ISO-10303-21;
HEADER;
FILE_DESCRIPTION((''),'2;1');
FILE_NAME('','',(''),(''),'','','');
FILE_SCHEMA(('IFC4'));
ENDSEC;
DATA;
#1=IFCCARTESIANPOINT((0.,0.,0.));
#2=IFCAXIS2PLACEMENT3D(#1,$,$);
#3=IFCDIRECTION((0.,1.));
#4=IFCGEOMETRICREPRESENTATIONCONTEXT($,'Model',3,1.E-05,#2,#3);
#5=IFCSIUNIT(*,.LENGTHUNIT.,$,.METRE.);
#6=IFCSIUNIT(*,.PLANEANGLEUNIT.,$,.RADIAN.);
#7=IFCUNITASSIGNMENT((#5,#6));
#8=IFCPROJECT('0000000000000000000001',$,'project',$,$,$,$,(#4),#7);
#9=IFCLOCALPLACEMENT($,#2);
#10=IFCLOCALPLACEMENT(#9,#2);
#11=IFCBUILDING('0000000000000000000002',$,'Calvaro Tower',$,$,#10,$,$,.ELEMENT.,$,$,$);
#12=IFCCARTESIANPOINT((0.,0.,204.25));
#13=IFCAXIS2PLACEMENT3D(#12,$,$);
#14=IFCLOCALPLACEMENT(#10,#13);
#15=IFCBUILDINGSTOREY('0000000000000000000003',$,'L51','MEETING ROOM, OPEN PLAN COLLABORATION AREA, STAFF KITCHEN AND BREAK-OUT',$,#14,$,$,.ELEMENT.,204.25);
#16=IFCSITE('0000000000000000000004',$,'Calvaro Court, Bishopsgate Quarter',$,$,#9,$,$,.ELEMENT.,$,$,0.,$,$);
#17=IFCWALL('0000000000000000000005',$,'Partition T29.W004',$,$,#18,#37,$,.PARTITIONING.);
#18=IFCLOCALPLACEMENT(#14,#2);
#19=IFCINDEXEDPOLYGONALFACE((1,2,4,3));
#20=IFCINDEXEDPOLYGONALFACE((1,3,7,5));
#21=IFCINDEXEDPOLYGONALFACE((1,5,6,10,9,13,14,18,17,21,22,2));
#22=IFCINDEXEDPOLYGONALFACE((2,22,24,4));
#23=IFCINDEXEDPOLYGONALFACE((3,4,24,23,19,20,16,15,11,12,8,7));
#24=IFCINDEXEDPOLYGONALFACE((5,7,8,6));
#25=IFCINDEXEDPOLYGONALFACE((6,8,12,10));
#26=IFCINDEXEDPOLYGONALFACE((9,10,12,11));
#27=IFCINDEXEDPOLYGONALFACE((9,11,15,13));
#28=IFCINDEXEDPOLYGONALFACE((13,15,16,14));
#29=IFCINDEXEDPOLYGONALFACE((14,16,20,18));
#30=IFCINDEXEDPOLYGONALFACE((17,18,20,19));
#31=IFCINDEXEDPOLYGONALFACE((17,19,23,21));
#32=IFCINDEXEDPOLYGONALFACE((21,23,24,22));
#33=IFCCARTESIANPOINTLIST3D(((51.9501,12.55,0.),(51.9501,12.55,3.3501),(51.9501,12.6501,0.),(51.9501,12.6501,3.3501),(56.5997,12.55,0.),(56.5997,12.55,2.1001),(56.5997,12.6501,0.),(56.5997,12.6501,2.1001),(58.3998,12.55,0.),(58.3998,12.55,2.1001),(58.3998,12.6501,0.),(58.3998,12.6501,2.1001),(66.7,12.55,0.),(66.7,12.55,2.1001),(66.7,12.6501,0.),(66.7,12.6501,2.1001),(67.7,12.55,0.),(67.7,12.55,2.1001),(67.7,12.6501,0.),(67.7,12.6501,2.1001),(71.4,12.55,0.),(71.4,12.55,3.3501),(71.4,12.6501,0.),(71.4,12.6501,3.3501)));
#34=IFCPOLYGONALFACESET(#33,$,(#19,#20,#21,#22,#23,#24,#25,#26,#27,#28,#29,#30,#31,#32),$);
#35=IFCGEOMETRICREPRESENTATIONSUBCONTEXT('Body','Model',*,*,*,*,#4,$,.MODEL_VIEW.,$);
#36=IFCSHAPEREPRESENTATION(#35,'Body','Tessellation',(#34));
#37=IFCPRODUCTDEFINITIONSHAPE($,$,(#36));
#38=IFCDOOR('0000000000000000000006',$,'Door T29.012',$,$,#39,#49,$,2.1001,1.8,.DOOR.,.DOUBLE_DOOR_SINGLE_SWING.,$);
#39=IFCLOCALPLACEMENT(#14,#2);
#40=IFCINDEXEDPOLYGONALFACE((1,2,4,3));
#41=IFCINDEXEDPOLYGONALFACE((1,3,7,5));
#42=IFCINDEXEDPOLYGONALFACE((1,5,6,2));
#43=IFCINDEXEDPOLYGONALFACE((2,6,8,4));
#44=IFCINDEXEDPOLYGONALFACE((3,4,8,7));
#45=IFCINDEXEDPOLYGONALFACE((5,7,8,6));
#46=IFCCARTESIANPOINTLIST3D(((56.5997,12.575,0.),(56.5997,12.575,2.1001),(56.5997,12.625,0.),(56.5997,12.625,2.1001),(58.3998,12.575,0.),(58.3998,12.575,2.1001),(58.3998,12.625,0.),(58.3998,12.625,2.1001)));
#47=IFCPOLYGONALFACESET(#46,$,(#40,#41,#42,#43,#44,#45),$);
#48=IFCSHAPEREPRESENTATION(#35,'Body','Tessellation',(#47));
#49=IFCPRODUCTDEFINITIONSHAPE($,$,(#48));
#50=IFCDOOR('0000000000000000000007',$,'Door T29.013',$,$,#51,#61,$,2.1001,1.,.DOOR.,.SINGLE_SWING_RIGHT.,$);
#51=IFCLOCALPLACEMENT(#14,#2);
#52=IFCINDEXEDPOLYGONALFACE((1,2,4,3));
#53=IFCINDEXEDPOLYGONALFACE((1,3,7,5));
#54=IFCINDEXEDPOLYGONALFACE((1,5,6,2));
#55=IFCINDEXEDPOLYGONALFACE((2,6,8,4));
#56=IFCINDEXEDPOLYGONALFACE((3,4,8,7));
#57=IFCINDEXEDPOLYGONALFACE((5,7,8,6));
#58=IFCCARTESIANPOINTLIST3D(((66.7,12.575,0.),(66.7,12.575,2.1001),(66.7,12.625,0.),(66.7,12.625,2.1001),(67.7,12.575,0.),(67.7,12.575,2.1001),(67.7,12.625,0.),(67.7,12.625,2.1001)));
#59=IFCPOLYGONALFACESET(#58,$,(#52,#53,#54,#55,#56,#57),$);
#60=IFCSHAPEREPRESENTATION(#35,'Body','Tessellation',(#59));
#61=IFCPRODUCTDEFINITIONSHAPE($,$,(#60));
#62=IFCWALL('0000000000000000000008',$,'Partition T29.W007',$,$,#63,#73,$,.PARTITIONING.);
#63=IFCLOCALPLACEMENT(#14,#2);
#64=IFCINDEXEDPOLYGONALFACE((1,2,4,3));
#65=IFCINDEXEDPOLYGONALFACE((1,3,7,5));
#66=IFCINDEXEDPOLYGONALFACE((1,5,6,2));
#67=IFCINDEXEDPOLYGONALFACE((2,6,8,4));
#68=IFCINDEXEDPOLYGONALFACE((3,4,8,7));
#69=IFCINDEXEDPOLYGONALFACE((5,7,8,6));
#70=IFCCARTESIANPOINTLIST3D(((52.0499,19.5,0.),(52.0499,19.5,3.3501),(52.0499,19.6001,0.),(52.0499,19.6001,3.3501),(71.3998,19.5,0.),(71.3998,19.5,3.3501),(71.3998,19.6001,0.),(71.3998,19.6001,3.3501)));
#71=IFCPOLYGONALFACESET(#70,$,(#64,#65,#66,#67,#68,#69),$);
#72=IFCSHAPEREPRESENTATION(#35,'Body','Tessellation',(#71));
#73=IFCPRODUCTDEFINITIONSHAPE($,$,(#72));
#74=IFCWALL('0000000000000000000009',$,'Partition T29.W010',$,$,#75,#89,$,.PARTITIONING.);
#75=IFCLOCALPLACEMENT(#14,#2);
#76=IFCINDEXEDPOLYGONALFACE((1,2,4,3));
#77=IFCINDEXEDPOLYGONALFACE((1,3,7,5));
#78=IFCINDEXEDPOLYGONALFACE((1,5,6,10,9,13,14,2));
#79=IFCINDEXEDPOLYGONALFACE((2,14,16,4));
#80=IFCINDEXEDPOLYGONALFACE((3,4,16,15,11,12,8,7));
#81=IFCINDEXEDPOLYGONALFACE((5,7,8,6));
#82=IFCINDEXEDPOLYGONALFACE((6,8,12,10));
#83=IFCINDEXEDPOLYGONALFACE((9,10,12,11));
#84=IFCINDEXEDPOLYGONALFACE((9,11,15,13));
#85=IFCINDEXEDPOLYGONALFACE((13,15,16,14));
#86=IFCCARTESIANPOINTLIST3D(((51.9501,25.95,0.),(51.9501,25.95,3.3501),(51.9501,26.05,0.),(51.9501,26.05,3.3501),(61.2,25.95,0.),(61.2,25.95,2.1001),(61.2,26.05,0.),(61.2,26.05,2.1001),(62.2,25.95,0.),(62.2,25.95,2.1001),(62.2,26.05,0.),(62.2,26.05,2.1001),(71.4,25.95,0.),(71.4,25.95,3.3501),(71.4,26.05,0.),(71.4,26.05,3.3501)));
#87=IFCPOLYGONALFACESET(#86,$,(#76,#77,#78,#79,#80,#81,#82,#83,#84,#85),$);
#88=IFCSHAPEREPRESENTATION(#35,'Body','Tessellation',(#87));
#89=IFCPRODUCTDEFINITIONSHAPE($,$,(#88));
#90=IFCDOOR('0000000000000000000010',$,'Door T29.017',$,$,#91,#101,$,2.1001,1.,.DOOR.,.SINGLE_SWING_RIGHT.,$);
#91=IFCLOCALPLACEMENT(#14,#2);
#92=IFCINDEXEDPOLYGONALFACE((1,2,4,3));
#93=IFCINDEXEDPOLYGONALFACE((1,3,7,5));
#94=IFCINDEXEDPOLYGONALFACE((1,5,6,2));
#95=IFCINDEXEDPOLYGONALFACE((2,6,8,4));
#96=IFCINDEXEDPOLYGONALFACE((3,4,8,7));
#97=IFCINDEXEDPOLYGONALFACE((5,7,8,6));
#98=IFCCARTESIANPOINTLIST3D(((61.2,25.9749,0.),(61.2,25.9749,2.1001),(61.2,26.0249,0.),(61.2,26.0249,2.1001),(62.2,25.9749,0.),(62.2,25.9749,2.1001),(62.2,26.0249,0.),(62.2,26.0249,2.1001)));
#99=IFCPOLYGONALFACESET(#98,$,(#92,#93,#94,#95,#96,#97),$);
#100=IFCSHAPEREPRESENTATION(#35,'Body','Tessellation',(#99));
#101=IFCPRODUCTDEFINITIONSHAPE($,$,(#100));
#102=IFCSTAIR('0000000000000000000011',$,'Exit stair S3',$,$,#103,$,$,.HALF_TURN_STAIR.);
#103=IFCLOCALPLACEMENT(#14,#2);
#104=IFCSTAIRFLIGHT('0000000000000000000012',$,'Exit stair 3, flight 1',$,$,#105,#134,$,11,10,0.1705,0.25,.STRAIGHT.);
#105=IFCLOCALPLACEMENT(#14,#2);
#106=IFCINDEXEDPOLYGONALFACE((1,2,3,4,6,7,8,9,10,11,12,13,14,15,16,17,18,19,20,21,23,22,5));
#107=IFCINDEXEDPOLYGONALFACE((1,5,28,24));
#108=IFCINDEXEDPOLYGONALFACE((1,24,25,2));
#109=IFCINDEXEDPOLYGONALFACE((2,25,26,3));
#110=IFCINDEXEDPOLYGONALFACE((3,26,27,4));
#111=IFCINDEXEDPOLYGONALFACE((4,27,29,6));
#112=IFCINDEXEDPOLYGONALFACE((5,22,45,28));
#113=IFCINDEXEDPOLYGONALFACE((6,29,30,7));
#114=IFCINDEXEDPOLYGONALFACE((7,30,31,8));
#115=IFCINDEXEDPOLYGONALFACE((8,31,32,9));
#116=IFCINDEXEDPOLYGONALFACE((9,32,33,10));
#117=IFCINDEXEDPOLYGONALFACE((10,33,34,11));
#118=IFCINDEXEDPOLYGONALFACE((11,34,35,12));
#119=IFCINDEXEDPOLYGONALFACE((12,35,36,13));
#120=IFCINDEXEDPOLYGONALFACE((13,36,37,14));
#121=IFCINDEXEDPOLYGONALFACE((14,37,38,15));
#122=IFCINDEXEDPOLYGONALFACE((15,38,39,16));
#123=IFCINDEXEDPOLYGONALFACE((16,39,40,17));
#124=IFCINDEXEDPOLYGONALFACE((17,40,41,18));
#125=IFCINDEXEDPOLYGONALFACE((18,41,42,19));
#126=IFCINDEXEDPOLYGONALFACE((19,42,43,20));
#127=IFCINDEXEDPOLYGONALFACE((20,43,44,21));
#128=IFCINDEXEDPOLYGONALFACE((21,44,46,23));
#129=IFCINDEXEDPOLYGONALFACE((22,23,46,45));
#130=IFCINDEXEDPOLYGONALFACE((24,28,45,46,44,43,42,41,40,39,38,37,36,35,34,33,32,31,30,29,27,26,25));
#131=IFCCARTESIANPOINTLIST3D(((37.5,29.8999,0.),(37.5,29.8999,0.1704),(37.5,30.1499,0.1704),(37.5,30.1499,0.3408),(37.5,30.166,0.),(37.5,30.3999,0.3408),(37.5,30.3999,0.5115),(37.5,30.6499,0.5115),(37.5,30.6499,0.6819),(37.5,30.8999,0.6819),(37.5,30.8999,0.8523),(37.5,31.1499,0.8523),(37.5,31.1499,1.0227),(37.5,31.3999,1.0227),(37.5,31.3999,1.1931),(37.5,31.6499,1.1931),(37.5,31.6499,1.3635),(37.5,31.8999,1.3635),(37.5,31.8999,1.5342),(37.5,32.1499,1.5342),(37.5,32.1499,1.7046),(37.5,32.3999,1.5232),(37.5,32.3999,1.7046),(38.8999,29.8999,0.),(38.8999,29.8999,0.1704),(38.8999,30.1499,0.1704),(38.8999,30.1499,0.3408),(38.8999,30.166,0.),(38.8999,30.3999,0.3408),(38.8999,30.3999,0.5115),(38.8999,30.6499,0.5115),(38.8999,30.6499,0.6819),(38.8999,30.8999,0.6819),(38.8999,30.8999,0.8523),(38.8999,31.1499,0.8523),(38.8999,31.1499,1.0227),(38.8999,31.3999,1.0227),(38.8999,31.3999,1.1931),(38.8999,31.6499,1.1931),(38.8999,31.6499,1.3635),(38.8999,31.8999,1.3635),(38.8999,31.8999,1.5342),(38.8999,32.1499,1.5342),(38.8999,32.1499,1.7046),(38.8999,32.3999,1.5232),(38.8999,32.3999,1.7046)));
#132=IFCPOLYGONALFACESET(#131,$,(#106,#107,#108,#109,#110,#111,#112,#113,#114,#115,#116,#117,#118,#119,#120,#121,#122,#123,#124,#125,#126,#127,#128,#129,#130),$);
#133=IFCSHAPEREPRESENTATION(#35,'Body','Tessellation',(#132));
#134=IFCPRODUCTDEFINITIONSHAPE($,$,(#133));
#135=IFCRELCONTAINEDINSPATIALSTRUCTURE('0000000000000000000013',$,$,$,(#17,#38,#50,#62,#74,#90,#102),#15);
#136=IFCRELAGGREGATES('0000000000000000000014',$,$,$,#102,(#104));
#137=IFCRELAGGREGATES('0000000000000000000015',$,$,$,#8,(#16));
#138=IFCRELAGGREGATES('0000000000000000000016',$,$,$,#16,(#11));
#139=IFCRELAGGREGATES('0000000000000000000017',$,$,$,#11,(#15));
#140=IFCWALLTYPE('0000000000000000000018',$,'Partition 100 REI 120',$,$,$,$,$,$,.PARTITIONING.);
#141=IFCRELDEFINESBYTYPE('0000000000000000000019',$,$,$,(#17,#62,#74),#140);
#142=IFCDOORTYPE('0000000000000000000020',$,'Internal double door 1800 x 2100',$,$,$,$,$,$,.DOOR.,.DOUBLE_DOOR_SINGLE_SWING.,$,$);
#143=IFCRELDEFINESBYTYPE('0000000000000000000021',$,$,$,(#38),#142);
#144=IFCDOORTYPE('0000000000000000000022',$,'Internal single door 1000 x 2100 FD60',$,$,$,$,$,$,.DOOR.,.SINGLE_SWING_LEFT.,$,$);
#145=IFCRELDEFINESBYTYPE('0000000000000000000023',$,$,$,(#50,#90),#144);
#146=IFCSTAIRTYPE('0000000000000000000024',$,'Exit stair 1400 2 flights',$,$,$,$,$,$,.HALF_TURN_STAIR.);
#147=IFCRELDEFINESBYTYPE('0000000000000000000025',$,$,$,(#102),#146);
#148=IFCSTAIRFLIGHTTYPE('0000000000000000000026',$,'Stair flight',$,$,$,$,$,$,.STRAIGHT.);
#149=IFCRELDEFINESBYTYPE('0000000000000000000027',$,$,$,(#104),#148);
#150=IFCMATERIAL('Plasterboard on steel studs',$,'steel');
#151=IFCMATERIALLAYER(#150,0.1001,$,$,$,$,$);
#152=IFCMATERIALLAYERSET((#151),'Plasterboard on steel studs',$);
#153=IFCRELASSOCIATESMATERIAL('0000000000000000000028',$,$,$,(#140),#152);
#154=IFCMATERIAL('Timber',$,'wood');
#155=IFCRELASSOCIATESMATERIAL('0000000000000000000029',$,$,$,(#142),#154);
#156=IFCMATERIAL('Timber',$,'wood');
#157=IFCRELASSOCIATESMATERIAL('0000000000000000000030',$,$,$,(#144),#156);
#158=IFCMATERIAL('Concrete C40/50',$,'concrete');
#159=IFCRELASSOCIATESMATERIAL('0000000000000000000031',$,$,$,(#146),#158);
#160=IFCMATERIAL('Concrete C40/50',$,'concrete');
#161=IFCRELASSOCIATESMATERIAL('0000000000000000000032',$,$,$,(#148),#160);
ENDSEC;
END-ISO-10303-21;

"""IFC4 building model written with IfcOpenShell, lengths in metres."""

from ifc_helpers import new_model, si_unit, direction, frame, frame_2d, origin, place, context, subcontext, project, spatial, polyline, rectangle, outline, extrude, material, layer, layer_set, type_object, element, fill, aggregate, save


model = new_model("IFC4")

# Units and contexts
model_context = context("Model", 3, precision=1e-05, world=origin(), true_north=direction((0.0, 1.0)))
body_context = subcontext(model_context, "Body", "Model", "MODEL_VIEW")
ifc_project = project(units=[si_unit("LENGTHUNIT", "METRE"), si_unit("PLANEANGLEUNIT", "RADIAN")], contexts=[model_context])

# Site, building, storey
site_placement = place(None, origin())
site = spatial("IfcSite", under=ifc_project, at=site_placement, Name="Calvaro Court, Bishopsgate Quarter", CompositionType="ELEMENT", RefElevation=0.0)
building_placement = place(site_placement, origin())
building = spatial("IfcBuilding", under=site, at=building_placement, Name="Calvaro Tower", CompositionType="ELEMENT")
storey_placement = place(building_placement, frame((0.0, 0.0, 204.25)))
storey = spatial("IfcBuildingStorey", under=building, at=storey_placement, Name="L51", Description="MEETING ROOM, OPEN PLAN COLLABORATION AREA, STAFF KITCHEN AND BREAK-OUT", CompositionType="ELEMENT", Elevation=204.25)

# Wall, openings, doors
ifc_material_1 = material(Name="Plasterboard on steel studs", Category="steel")
ifc_layer_1 = layer(ifc_material_1, 0.1001)
ifc_layer_set_1 = layer_set([ifc_layer_1], Name="Plasterboard on steel studs")
wall_type_1 = type_object("IfcWallType", Name="Partition 100 REI 120", PredefinedType="PARTITIONING", material=ifc_layer_set_1)
wall_1_placement = place(storey_placement, frame((51.95, 12.6001, 0.0), z_axis=(0.0, 0.0, 1.0), x_axis=(1.0, 0.0, 0.0)))
wall_1 = element("IfcWall", 1, at=wall_1_placement, inside=storey, type_object=wall_type_1, Name="Partition T29.W004", PredefinedType="PARTITIONING", context=body_context, shape_type="SweptSolid", body=[
    extrude(rectangle(XDim=19.45, YDim=0.1001, at=frame_2d((9.7251, 0.0))), origin(), (0.0, 0.0, 1.0), 3.3501),
])
opening_1_placement = place(wall_1_placement, frame((4.6499, 0.0, 0.0)))
opening_1 = element("IfcOpeningElement", 2, at=opening_1_placement, cuts=wall_1, PredefinedType="OPENING", context=body_context, shape_type="SweptSolid", body=[
    extrude(rectangle(XDim=1.8, YDim=2.1001, at=frame_2d((0.8999, 1.05))), frame((0.0, 0.0601, 0.0), z_axis=(0.0, -1.0, 0.0), x_axis=(1.0, 0.0, 0.0)), (0.0, 0.0, 1.0), 0.1201),
])
opening_2_placement = place(wall_1_placement, frame((14.75, 0.0, 0.0)))
opening_2 = element("IfcOpeningElement", 3, at=opening_2_placement, cuts=wall_1, PredefinedType="OPENING", context=body_context, shape_type="SweptSolid", body=[
    extrude(rectangle(XDim=1.0, YDim=2.1001, at=frame_2d((0.5, 1.05))), frame((0.0, 0.0601, 0.0), z_axis=(0.0, -1.0, 0.0), x_axis=(1.0, 0.0, 0.0)), (0.0, 0.0, 1.0), 0.1201),
])
ifc_material_2 = material(Name="Timber", Category="wood")
door_type_1 = type_object("IfcDoorType", Name="Internal double door 1800 x 2100", OperationType="DOUBLE_DOOR_SINGLE_SWING", PredefinedType="DOOR", material=ifc_material_2)
door_1_placement = place(opening_1_placement, origin())
door_1 = element("IfcDoor", 4, at=door_1_placement, inside=storey, type_object=door_type_1, Name="Door T29.012", OperationType="DOUBLE_DOOR_SINGLE_SWING", OverallHeight=2.1001, OverallWidth=1.8, PredefinedType="DOOR", context=body_context, shape_type="SweptSolid", body=[
    extrude(rectangle(XDim=1.8, YDim=2.1001, at=frame_2d((0.8999, 1.05))), frame((0.0, 0.0249, 0.0), z_axis=(0.0, -1.0, 0.0), x_axis=(1.0, 0.0, 0.0)), (0.0, 0.0, 1.0), 0.05),
])
fill(opening_1, door_1)
ifc_material_3 = material(Name="Timber", Category="wood")
door_type_2 = type_object("IfcDoorType", Name="Internal single door 1000 x 2100 FD60", OperationType="SINGLE_SWING_LEFT", PredefinedType="DOOR", material=ifc_material_3)
door_2_placement = place(opening_2_placement, origin())
door_2 = element("IfcDoor", 5, at=door_2_placement, inside=storey, type_object=door_type_2, Name="Door T29.013", OperationType="SINGLE_SWING_RIGHT", OverallHeight=2.1001, OverallWidth=1.0, PredefinedType="DOOR", context=body_context, shape_type="SweptSolid", body=[
    extrude(rectangle(XDim=1.0, YDim=2.1001, at=frame_2d((0.5, 1.05))), frame((0.0, 0.0249, 0.0), z_axis=(0.0, -1.0, 0.0), x_axis=(1.0, 0.0, 0.0)), (0.0, 0.0, 1.0), 0.05),
])
fill(opening_2, door_2)

# Wall
wall_2_placement = place(storey_placement, frame((52.05, 19.55, 0.0), z_axis=(0.0, 0.0, 1.0), x_axis=(1.0, 0.0, 0.0)))
element("IfcWall", 6, at=wall_2_placement, inside=storey, type_object=wall_type_1, Name="Partition T29.W007", PredefinedType="PARTITIONING", context=body_context, shape_type="SweptSolid", body=[
    extrude(rectangle(XDim=19.3499, YDim=0.1001, at=frame_2d((9.6748, 0.0))), origin(), (0.0, 0.0, 1.0), 3.3501),
])

# Wall, opening, door
wall_3_placement = place(storey_placement, frame((51.95, 26.0, 0.0), z_axis=(0.0, 0.0, 1.0), x_axis=(1.0, 0.0, 0.0)))
wall_3 = element("IfcWall", 7, at=wall_3_placement, inside=storey, type_object=wall_type_1, Name="Partition T29.W010", PredefinedType="PARTITIONING", context=body_context, shape_type="SweptSolid", body=[
    extrude(rectangle(XDim=19.45, YDim=0.1001, at=frame_2d((9.7251, 0.0))), origin(), (0.0, 0.0, 1.0), 3.3501),
])
opening_3_placement = place(wall_3_placement, frame((9.25, 0.0, 0.0)))
opening_3 = element("IfcOpeningElement", 8, at=opening_3_placement, cuts=wall_3, PredefinedType="OPENING", context=body_context, shape_type="SweptSolid", body=[
    extrude(rectangle(XDim=1.0, YDim=2.1001, at=frame_2d((0.5, 1.05))), frame((0.0, 0.0601, 0.0), z_axis=(0.0, -1.0, 0.0), x_axis=(1.0, 0.0, 0.0)), (0.0, 0.0, 1.0), 0.1201),
])
door_3_placement = place(opening_3_placement, origin())
door_3 = element("IfcDoor", 9, at=door_3_placement, inside=storey, type_object=door_type_2, Name="Door T29.017", OperationType="SINGLE_SWING_RIGHT", OverallHeight=2.1001, OverallWidth=1.0, PredefinedType="DOOR", context=body_context, shape_type="SweptSolid", body=[
    extrude(rectangle(XDim=1.0, YDim=2.1001, at=frame_2d((0.5, 1.05))), frame((0.0, 0.0249, 0.0), z_axis=(0.0, -1.0, 0.0), x_axis=(1.0, 0.0, 0.0)), (0.0, 0.0, 1.0), 0.05),
])
fill(opening_3, door_3)

# Stair, stair flight
ifc_material_4 = material(Name="Concrete C40/50", Category="concrete")
stair_type = type_object("IfcStairType", Name="Exit stair 1400 2 flights", PredefinedType="HALF_TURN_STAIR", material=ifc_material_4)
stair_placement = place(storey_placement, origin())
stair = element("IfcStair", 10, at=stair_placement, inside=storey, type_object=stair_type, Name="Exit stair S3", PredefinedType="HALF_TURN_STAIR")
ifc_material_5 = material(Name="Concrete C40/50", Category="concrete")
stair_flight_type = type_object("IfcStairFlightType", Name="Stair flight", PredefinedType="STRAIGHT", material=ifc_material_5)
stair_flight_placement = place(storey_placement, frame((38.2, 29.8999, 0.0), z_axis=(0.0, 0.0, 1.0), x_axis=(0.0, 1.0, 0.0)))
stair_flight = element("IfcStairFlight", 11, at=stair_flight_placement, type_object=stair_flight_type, Name="Exit stair 3, flight 1", NumberOfRisers=11, NumberOfTreads=10, PredefinedType="STRAIGHT", RiserHeight=0.1705, TreadLength=0.25, context=body_context, shape_type="SweptSolid", body=[
    extrude(outline(polyline([(0.0, 0.0), (0.0, 0.1704), (0.25, 0.1704), (0.25, 0.3408), (0.5, 0.3408), (0.5, 0.5115), (0.75, 0.5115), (0.75, 0.6819), (1.0, 0.6819), (1.0, 0.8523), (1.25, 0.8523), (1.25, 1.0227), (1.5, 1.0227), (1.5, 1.1931), (1.75, 1.1931), (1.75, 1.3635), (2.0, 1.3635), (2.0, 1.5342), (2.25, 1.5342), (2.25, 1.7046), (2.5, 1.7046), (2.5, 1.875), (2.5, 1.5232), (0.2661, 0.0), (0.0, 0.0)])), frame((0.0, 0.7, 0.0), z_axis=(0.0, -1.0, 0.0), x_axis=(1.0, 0.0, 0.0)), (0.0, 0.0, 1.0), 1.3999),
])
aggregate(stair, [stair_flight])

save(model, "model.ifc")
